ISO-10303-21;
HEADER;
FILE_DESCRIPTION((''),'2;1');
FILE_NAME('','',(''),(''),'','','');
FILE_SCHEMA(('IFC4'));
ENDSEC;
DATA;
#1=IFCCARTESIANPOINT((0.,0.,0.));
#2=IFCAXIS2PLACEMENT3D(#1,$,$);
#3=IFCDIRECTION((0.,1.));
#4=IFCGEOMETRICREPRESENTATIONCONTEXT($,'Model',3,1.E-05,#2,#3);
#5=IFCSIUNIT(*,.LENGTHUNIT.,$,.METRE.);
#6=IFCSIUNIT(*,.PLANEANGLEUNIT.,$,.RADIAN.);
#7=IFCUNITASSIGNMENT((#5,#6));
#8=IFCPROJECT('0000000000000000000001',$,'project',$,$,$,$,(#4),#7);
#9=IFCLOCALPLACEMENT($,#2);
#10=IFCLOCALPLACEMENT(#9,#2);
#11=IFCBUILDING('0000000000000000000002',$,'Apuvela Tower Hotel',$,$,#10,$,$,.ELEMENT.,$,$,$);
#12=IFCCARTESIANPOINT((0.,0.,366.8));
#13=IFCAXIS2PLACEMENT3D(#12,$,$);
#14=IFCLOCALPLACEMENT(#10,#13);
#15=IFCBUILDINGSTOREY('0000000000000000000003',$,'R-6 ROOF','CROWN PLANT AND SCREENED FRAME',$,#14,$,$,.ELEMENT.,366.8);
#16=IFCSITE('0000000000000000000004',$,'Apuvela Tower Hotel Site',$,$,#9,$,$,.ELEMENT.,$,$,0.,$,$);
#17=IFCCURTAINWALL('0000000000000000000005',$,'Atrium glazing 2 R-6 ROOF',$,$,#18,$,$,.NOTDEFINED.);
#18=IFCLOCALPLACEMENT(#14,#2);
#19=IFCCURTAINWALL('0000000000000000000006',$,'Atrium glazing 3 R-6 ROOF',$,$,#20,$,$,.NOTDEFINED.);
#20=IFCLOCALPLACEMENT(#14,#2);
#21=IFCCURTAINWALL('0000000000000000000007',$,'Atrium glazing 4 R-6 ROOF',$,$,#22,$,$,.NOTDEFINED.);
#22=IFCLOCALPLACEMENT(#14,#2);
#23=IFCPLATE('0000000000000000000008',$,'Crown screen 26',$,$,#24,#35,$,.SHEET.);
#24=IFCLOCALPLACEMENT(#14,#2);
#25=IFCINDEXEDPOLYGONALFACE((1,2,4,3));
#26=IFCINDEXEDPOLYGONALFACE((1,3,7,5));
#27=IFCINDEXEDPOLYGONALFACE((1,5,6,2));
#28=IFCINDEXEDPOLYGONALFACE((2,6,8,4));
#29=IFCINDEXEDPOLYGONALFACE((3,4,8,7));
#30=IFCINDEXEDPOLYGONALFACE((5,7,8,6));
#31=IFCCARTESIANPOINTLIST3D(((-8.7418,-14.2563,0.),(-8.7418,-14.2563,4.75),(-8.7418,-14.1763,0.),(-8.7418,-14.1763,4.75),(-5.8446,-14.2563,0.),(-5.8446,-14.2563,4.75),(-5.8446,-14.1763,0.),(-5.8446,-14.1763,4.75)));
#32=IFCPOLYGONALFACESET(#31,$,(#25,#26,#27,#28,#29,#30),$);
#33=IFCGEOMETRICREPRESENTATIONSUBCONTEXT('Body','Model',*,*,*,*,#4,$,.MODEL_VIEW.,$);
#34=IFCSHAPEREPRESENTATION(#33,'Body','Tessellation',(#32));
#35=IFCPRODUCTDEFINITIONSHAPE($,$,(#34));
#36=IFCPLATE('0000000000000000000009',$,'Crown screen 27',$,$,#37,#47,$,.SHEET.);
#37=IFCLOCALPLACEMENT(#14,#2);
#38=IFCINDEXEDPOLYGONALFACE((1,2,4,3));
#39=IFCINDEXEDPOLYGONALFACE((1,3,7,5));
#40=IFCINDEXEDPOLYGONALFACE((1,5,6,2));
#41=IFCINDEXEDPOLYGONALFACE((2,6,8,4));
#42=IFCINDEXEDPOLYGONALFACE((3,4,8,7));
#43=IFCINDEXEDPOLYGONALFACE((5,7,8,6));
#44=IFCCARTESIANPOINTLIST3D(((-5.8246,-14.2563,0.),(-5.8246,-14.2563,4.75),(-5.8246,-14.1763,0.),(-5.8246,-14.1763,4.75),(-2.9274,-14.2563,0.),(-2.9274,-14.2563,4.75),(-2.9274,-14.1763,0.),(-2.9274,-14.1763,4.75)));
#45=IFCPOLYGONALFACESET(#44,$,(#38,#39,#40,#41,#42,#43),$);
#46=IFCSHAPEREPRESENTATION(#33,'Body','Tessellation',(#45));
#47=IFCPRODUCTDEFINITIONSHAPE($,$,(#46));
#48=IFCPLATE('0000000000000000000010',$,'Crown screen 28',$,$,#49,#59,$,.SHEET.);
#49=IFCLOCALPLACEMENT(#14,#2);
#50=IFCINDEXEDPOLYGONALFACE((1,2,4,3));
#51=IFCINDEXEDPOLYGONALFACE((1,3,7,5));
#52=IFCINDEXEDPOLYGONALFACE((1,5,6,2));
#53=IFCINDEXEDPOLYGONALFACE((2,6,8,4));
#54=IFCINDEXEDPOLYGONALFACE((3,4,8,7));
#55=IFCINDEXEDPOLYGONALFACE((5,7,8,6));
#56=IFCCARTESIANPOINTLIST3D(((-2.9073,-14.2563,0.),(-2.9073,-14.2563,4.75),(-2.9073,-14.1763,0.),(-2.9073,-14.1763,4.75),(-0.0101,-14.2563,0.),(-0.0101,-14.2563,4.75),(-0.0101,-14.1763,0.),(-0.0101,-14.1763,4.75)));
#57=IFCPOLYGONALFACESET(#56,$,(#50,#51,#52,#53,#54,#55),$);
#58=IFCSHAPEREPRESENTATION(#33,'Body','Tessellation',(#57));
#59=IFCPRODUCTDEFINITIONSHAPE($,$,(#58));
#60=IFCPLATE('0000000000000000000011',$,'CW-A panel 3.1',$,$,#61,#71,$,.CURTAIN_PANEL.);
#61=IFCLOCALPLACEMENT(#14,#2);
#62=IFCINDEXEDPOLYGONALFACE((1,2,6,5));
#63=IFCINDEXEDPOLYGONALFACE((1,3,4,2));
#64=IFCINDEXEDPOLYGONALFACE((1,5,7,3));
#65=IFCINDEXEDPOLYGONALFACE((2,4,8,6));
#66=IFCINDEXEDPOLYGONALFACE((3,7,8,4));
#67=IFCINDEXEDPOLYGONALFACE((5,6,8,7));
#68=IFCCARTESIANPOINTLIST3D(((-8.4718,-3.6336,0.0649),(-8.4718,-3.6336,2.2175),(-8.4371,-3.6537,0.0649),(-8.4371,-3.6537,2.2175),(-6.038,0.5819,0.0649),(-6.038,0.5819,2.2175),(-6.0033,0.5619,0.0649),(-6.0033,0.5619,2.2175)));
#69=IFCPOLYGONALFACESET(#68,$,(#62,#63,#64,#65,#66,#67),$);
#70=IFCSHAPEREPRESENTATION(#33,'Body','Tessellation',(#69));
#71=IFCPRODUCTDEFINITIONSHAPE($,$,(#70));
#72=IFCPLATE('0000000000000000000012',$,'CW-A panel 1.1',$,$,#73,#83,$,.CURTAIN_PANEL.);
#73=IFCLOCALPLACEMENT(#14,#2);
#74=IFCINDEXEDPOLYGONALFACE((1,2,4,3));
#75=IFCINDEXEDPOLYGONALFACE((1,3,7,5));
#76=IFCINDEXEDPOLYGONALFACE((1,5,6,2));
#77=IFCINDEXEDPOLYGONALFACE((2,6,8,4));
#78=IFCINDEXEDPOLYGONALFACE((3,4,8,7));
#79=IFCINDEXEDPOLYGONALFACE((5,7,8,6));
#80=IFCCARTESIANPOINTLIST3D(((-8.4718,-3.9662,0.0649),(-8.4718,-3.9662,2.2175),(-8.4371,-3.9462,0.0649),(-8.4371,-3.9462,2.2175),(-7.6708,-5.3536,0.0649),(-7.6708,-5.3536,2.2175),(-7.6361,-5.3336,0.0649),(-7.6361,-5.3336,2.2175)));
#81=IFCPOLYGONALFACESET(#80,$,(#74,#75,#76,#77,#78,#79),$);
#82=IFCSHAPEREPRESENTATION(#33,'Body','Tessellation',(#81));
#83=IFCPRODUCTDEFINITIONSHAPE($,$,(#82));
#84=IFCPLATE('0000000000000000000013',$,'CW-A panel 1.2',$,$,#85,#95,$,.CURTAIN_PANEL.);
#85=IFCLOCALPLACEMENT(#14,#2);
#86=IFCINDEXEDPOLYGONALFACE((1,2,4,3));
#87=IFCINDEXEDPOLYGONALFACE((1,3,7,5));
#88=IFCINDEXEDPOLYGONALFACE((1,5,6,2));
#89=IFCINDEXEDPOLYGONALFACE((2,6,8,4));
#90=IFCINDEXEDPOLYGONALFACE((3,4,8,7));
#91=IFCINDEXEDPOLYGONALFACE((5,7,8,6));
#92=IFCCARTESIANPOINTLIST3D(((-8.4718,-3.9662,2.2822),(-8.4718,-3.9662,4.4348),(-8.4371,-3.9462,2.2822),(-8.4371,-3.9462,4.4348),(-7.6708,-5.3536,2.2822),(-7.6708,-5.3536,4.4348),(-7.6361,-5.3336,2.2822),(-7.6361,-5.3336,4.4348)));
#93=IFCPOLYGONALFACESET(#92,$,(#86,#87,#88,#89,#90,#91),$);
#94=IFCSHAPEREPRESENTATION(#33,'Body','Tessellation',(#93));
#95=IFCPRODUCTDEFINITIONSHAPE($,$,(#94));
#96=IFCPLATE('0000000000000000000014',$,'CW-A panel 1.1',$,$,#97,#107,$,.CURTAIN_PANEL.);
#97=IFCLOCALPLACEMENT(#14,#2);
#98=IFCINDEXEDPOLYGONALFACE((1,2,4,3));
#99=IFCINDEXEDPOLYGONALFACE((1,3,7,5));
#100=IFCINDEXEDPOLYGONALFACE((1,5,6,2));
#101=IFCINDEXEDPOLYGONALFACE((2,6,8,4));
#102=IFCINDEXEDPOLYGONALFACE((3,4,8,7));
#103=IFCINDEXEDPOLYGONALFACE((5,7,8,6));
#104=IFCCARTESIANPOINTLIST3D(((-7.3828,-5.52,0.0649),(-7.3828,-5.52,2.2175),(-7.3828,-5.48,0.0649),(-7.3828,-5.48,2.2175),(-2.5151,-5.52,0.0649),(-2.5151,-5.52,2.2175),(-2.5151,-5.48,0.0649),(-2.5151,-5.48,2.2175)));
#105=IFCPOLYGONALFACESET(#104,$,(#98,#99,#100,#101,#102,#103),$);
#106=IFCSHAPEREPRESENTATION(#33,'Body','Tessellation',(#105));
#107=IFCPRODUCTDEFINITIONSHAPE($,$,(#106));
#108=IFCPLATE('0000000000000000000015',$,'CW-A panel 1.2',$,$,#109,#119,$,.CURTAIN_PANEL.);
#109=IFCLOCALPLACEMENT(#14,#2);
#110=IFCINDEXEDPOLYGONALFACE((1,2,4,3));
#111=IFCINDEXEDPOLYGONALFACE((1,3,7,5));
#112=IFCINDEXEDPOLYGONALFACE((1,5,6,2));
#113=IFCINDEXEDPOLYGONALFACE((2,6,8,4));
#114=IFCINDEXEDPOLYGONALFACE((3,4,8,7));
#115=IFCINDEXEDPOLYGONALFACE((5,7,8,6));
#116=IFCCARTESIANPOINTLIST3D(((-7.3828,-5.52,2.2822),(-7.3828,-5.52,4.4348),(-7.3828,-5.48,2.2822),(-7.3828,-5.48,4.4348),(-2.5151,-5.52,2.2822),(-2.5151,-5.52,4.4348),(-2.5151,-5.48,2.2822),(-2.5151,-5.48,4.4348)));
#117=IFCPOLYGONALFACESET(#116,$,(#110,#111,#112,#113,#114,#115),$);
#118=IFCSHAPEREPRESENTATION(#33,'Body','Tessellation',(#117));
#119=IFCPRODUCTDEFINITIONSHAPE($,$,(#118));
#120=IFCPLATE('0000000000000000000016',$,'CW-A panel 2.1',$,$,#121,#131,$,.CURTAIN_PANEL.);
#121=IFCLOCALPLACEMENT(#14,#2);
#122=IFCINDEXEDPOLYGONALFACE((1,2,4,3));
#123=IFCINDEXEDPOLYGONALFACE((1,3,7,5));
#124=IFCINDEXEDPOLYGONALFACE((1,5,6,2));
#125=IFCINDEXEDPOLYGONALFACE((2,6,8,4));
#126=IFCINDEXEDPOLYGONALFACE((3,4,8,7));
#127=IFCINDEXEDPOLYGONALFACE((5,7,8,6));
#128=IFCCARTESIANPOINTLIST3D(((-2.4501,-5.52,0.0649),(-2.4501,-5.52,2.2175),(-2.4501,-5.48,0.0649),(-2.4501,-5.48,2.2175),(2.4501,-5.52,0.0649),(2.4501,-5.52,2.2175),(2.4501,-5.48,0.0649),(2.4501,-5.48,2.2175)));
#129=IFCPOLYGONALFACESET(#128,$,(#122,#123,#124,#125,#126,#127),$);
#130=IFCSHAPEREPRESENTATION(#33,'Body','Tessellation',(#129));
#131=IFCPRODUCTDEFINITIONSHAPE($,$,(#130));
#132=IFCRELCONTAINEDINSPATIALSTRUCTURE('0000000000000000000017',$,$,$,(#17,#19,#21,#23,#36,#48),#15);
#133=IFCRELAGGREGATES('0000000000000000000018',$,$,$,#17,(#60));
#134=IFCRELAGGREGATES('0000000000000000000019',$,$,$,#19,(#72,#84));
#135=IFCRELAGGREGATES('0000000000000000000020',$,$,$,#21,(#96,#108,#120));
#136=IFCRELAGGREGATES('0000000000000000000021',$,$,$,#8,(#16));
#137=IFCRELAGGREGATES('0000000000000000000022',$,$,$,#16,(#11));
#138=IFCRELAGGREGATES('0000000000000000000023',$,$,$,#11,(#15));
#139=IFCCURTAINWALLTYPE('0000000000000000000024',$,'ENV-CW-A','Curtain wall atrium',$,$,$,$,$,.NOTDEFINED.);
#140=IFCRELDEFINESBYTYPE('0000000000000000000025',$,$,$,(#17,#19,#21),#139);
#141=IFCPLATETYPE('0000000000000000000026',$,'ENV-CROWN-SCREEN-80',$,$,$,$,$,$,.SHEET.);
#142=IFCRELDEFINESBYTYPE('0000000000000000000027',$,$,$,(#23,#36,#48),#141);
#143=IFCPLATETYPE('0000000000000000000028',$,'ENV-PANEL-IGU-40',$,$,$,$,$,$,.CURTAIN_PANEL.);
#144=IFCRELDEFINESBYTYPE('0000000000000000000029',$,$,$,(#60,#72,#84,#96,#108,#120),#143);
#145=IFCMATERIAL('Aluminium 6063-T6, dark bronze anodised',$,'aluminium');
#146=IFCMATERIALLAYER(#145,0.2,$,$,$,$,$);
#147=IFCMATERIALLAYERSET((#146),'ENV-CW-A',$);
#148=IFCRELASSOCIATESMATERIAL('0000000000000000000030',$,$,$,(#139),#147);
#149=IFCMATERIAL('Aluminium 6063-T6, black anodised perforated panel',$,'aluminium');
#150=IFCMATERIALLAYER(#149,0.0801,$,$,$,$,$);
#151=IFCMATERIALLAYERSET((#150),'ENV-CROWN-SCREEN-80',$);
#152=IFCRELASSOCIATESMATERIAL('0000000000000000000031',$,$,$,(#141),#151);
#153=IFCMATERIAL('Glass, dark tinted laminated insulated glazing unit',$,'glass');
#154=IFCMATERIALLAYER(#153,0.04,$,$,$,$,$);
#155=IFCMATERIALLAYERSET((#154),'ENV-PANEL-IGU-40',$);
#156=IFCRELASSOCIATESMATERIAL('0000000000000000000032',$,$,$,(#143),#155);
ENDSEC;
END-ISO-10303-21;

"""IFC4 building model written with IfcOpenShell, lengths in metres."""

from ifc_helpers import new_model, si_unit, direction, frame, origin, origin_2d, place, context, subcontext, project, spatial, rectangle, extrude, material, layer, layer_set, type_object, element, aggregate, save


model = new_model("IFC4")

# Units and contexts
model_context = context("Model", 3, precision=1e-05, world=origin(), true_north=direction((0.0, 1.0)))
body_context = subcontext(model_context, "Body", "Model", "MODEL_VIEW")
ifc_project = project(units=[si_unit("LENGTHUNIT", "METRE"), si_unit("PLANEANGLEUNIT", "RADIAN")], contexts=[model_context])

# Site, building, storey
site_placement = place(None, origin())
site = spatial("IfcSite", under=ifc_project, at=site_placement, Name="Apuvela Tower Hotel Site", CompositionType="ELEMENT", RefElevation=0.0)
building_placement = place(site_placement, origin())
building = spatial("IfcBuilding", under=site, at=building_placement, Name="Apuvela Tower Hotel", CompositionType="ELEMENT")
storey_placement = place(building_placement, frame((0.0, 0.0, 366.8)))
storey = spatial("IfcBuildingStorey", under=building, at=storey_placement, Name="R-6 ROOF", Description="CROWN PLANT AND SCREENED FRAME", CompositionType="ELEMENT", Elevation=366.8)

# Curtain wall
ifc_material_1 = material(Name="Aluminium 6063-T6, dark bronze anodised", Category="aluminium")
ifc_layer_1 = layer(ifc_material_1, 0.2)
ifc_layer_set_1 = layer_set([ifc_layer_1], Name="ENV-CW-A")
curtain_wall_type = type_object("IfcCurtainWallType", Name="ENV-CW-A", Description="Curtain wall atrium", PredefinedType="NOTDEFINED", material=ifc_layer_set_1)
curtain_wall_1_placement = place(storey_placement, origin())
curtain_wall_1 = element("IfcCurtainWall", 1, at=curtain_wall_1_placement, inside=storey, type_object=curtain_wall_type, Name="Atrium glazing 2 R-6 ROOF", PredefinedType="NOTDEFINED")

# Curtain walls
curtain_wall_2_placement = place(storey_placement, origin())
curtain_wall_2 = element("IfcCurtainWall", 2, at=curtain_wall_2_placement, inside=storey, type_object=curtain_wall_type, Name="Atrium glazing 3 R-6 ROOF", PredefinedType="NOTDEFINED")
curtain_wall_3_placement = place(storey_placement, origin())
curtain_wall_3 = element("IfcCurtainWall", 3, at=curtain_wall_3_placement, inside=storey, type_object=curtain_wall_type, Name="Atrium glazing 4 R-6 ROOF", PredefinedType="NOTDEFINED")

# Plates
ifc_material_2 = material(Name="Aluminium 6063-T6, black anodised perforated panel", Category="aluminium")
ifc_layer_2 = layer(ifc_material_2, 0.0801)
ifc_layer_set_2 = layer_set([ifc_layer_2], Name="ENV-CROWN-SCREEN-80")
plate_type_1 = type_object("IfcPlateType", Name="ENV-CROWN-SCREEN-80", PredefinedType="SHEET", material=ifc_layer_set_2)
for number, where, z_axis, x_axis, name in (
    (4, (-7.2932, -14.2163, 0.0), (0.0, 0.0, 1.0), (1.0, 0.0, 0.0), "Crown screen 26"),
    (5, (-4.376, -14.2163, 0.0), (0.0, 0.0, 1.0), (1.0, 0.0, 0.0), "Crown screen 27"),
    (6, (-1.4587, -14.2163, 0.0), (0.0, 0.0, 1.0), (1.0, 0.0, 0.0), "Crown screen 28"),
):
    element("IfcPlate", number, at=place(storey_placement, frame(where, z_axis=z_axis, x_axis=x_axis)), inside=storey, type_object=plate_type_1, Name=name, PredefinedType="SHEET", context=body_context, shape_type="SweptSolid", body=[
        extrude(rectangle(XDim=2.8972, YDim=0.0801, at=origin_2d()), origin(), (0.0, 0.0, 1.0), 4.75),
    ])

# Plates
ifc_material_3 = material(Name="Glass, dark tinted laminated insulated glazing unit", Category="glass")
ifc_layer_3 = layer(ifc_material_3, 0.04)
ifc_layer_set_3 = layer_set([ifc_layer_3], Name="ENV-PANEL-IGU-40")
plate_type_2 = type_object("IfcPlateType", Name="ENV-PANEL-IGU-40", PredefinedType="CURTAIN_PANEL", material=ifc_layer_set_3)
plate_1_placement = place(storey_placement, frame((-7.2375, -1.5359, 0.0649), z_axis=(0.0, 0.0, 1.0), x_axis=(-0.499999, -0.866026, 0.0)))
plate_1 = element("IfcPlate", 7, at=plate_1_placement, type_object=plate_type_2, Name="CW-A panel 3.1", PredefinedType="CURTAIN_PANEL", context=body_context, shape_type="SweptSolid", body=[
    extrude(rectangle(XDim=4.8677, YDim=0.04, at=origin_2d()), origin(), (0.0, 0.0, 1.0), 2.1526),
])
aggregate(curtain_wall_1, [plate_1])
plate_2_placement = place(storey_placement, frame((-8.054, -4.6499, 0.0649), z_axis=(0.0, 0.0, 1.0), x_axis=(0.499989, -0.866032, 0.0)))
plate_2 = element("IfcPlate", 8, at=plate_2_placement, type_object=plate_type_2, Name="CW-A panel 1.1", PredefinedType="CURTAIN_PANEL", context=body_context, shape_type="SweptSolid", body=[
    extrude(rectangle(XDim=1.6021, YDim=0.04, at=origin_2d()), origin(), (0.0, 0.0, 1.0), 2.1526),
])
plate_3_placement = place(storey_placement, frame((-8.054, -4.6499, 2.2822), z_axis=(0.0, 0.0, 1.0), x_axis=(0.499989, -0.866032, 0.0)))
plate_3 = element("IfcPlate", 9, at=plate_3_placement, type_object=plate_type_2, Name="CW-A panel 1.2", PredefinedType="CURTAIN_PANEL", context=body_context, shape_type="SweptSolid", body=[
    extrude(rectangle(XDim=1.6021, YDim=0.04, at=origin_2d()), origin(), (0.0, 0.0, 1.0), 2.1526),
])
aggregate(curtain_wall_2, [plate_2, plate_3])
plate_4_placement = place(storey_placement, frame((-4.949, -5.5, 0.0649), z_axis=(0.0, 0.0, 1.0), x_axis=(1.0, 0.0, 0.0)))
plate_4 = element("IfcPlate", 10, at=plate_4_placement, type_object=plate_type_2, Name="CW-A panel 1.1", PredefinedType="CURTAIN_PANEL", context=body_context, shape_type="SweptSolid", body=[
    extrude(rectangle(XDim=4.8677, YDim=0.04, at=origin_2d()), origin(), (0.0, 0.0, 1.0), 2.1526),
])
plate_5_placement = place(storey_placement, frame((-4.949, -5.5, 2.2822), z_axis=(0.0, 0.0, 1.0), x_axis=(1.0, 0.0, 0.0)))
plate_5 = element("IfcPlate", 11, at=plate_5_placement, type_object=plate_type_2, Name="CW-A panel 1.2", PredefinedType="CURTAIN_PANEL", context=body_context, shape_type="SweptSolid", body=[
    extrude(rectangle(XDim=4.8677, YDim=0.04, at=origin_2d()), origin(), (0.0, 0.0, 1.0), 2.1526),
])
plate_6_placement = place(storey_placement, frame((0.0, -5.5, 0.0649), z_axis=(0.0, 0.0, 1.0), x_axis=(1.0, 0.0, 0.0)))
plate_6 = element("IfcPlate", 12, at=plate_6_placement, type_object=plate_type_2, Name="CW-A panel 2.1", PredefinedType="CURTAIN_PANEL", context=body_context, shape_type="SweptSolid", body=[
    extrude(rectangle(XDim=4.9001, YDim=0.04, at=origin_2d()), origin(), (0.0, 0.0, 1.0), 2.1526),
])
aggregate(curtain_wall_3, [plate_4, plate_5, plate_6])

save(model, "model.ifc")
